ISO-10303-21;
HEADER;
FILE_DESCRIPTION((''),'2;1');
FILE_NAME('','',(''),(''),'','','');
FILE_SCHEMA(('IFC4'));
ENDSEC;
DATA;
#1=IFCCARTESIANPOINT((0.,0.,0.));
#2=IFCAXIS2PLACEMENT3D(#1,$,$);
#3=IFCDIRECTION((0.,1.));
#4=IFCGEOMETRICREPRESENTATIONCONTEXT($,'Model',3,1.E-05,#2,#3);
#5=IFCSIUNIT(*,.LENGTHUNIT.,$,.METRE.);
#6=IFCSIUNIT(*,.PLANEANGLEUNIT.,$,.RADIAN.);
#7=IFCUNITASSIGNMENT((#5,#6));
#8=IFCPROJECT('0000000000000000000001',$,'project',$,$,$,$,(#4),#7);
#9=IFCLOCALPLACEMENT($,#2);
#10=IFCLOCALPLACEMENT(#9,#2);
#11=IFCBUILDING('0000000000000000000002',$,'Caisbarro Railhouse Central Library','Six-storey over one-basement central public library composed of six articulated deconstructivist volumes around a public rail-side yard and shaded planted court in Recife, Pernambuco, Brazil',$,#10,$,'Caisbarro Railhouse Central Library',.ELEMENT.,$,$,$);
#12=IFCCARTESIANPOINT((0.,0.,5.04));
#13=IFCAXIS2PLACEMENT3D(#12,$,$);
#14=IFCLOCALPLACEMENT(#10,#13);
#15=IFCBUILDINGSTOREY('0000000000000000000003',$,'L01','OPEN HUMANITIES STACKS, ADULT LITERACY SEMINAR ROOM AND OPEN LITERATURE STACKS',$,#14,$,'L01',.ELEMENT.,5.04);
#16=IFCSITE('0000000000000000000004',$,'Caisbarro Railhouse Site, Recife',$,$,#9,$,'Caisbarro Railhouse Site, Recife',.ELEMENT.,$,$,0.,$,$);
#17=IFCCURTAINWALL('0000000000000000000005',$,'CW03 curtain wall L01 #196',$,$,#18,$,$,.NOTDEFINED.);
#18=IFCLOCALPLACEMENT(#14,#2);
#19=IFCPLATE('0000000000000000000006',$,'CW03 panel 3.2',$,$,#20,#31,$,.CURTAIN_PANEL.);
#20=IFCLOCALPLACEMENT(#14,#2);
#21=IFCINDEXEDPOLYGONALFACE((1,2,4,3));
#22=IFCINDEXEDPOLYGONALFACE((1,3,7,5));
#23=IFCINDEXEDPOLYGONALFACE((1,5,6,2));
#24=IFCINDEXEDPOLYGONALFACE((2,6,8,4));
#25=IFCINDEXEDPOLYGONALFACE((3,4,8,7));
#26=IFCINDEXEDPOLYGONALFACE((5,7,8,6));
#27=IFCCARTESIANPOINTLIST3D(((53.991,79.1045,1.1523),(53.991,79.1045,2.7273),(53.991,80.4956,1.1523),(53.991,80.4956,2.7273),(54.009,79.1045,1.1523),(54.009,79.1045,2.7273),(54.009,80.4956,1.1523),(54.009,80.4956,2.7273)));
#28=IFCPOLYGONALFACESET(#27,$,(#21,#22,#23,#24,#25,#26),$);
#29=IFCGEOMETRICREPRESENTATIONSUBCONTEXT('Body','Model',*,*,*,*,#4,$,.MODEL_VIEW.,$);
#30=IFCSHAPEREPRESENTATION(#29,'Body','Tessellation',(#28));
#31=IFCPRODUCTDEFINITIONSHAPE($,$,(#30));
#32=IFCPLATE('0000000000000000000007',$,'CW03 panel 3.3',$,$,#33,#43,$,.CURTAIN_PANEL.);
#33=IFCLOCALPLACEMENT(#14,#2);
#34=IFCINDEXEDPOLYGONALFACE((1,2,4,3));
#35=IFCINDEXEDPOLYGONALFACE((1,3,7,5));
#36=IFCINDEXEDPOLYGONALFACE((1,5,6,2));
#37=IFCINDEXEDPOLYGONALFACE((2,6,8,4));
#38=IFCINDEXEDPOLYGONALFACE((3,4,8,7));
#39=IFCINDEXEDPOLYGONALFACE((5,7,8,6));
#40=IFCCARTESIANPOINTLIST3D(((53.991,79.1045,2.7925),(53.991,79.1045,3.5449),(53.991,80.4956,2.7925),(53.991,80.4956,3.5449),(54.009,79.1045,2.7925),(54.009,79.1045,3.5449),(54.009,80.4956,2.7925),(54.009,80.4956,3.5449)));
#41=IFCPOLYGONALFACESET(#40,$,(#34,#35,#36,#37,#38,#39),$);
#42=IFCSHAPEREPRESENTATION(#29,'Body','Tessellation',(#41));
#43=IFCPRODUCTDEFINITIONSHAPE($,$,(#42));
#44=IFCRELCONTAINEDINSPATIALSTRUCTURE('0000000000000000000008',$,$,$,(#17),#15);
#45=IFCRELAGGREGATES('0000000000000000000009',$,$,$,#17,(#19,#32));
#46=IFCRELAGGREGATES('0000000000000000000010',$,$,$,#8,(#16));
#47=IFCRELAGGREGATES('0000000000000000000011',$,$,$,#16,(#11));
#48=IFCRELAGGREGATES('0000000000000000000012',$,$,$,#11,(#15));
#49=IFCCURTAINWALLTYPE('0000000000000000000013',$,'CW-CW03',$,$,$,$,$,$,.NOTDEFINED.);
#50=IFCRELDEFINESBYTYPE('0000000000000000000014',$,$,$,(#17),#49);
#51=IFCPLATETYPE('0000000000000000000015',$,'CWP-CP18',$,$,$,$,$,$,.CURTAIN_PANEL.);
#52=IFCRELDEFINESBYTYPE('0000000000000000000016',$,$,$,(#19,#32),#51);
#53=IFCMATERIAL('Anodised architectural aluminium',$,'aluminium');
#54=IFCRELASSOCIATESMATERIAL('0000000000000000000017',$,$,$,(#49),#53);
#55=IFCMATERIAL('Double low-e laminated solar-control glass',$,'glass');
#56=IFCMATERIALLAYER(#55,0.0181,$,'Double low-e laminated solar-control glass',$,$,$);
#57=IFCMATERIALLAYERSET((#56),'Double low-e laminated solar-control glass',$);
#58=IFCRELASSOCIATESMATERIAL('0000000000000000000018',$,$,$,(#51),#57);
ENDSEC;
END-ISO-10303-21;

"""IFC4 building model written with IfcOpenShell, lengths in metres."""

from ifc_helpers import new_model, si_unit, direction, frame, origin, origin_2d, place, context, subcontext, project, spatial, rectangle, extrude, material, layer, layer_set, type_object, element, aggregate, save


model = new_model("IFC4")

# Units and contexts
model_context = context("Model", 3, precision=1e-05, world=origin(), true_north=direction((0.0, 1.0)))
body_context = subcontext(model_context, "Body", "Model", "MODEL_VIEW")
ifc_project = project(units=[si_unit("LENGTHUNIT", "METRE"), si_unit("PLANEANGLEUNIT", "RADIAN")], contexts=[model_context])

# Site, building, storey
site_placement = place(None, origin())
site = spatial("IfcSite", under=ifc_project, at=site_placement, Name="Caisbarro Railhouse Site, Recife", LongName="Caisbarro Railhouse Site, Recife", CompositionType="ELEMENT", RefElevation=0.0)
building_placement = place(site_placement, origin())
building = spatial("IfcBuilding", under=site, at=building_placement, Name="Caisbarro Railhouse Central Library", Description="Six-storey over one-basement central public library composed of six articulated deconstructivist volumes around a public rail-side yard and shaded planted court in Recife, Pernambuco, Brazil", LongName="Caisbarro Railhouse Central Library", CompositionType="ELEMENT")
storey_placement = place(building_placement, frame((0.0, 0.0, 5.04)))
storey = spatial("IfcBuildingStorey", under=building, at=storey_placement, Name="L01", Description="OPEN HUMANITIES STACKS, ADULT LITERACY SEMINAR ROOM AND OPEN LITERATURE STACKS", LongName="L01", CompositionType="ELEMENT", Elevation=5.04)

# Shared definitions
ifc_material_1 = material(Name="Anodised architectural aluminium", Category="aluminium")
curtain_wall_type = type_object("IfcCurtainWallType", Name="CW-CW03", PredefinedType="NOTDEFINED", material=ifc_material_1)

# Curtain wall
curtain_wall_1_placement = place(storey_placement, origin())
curtain_wall_1 = element("IfcCurtainWall", 1, at=curtain_wall_1_placement, inside=storey, type_object=curtain_wall_type, Name="CW03 curtain wall L01 #196", PredefinedType="NOTDEFINED")

# Plates
ifc_material_2 = material(Name="Double low-e laminated solar-control glass", Category="glass")
ifc_layer = layer(ifc_material_2, 0.0181, Name="Double low-e laminated solar-control glass")
ifc_layer_set = layer_set([ifc_layer], Name="Double low-e laminated solar-control glass")
plate_type = type_object("IfcPlateType", Name="CWP-CP18", PredefinedType="CURTAIN_PANEL", material=ifc_layer_set)
plate_1_placement = place(storey_placement, frame((54.0, 79.8, 1.1523), z_axis=(0.0, 0.0, 1.0), x_axis=(0.0, 1.0, 0.0)))
plate_1 = element("IfcPlate", 2, at=plate_1_placement, type_object=plate_type, Name="CW03 panel 3.2", PredefinedType="CURTAIN_PANEL", context=body_context, shape_type="SweptSolid", body=[
    extrude(rectangle(XDim=1.3911, YDim=0.0181, at=origin_2d()), origin(), (0.0, 0.0, 1.0), 1.575),
])
plate_2_placement = place(storey_placement, frame((54.0, 79.8, 2.7925), z_axis=(0.0, 0.0, 1.0), x_axis=(0.0, 1.0, 0.0)))
plate_2 = element("IfcPlate", 3, at=plate_2_placement, type_object=plate_type, Name="CW03 panel 3.3", PredefinedType="CURTAIN_PANEL", context=body_context, shape_type="SweptSolid", body=[
    extrude(rectangle(XDim=1.3911, YDim=0.0181, at=origin_2d()), origin(), (0.0, 0.0, 1.0), 0.7524),
])
aggregate(curtain_wall_1, [plate_1, plate_2])

save(model, "model.ifc")
